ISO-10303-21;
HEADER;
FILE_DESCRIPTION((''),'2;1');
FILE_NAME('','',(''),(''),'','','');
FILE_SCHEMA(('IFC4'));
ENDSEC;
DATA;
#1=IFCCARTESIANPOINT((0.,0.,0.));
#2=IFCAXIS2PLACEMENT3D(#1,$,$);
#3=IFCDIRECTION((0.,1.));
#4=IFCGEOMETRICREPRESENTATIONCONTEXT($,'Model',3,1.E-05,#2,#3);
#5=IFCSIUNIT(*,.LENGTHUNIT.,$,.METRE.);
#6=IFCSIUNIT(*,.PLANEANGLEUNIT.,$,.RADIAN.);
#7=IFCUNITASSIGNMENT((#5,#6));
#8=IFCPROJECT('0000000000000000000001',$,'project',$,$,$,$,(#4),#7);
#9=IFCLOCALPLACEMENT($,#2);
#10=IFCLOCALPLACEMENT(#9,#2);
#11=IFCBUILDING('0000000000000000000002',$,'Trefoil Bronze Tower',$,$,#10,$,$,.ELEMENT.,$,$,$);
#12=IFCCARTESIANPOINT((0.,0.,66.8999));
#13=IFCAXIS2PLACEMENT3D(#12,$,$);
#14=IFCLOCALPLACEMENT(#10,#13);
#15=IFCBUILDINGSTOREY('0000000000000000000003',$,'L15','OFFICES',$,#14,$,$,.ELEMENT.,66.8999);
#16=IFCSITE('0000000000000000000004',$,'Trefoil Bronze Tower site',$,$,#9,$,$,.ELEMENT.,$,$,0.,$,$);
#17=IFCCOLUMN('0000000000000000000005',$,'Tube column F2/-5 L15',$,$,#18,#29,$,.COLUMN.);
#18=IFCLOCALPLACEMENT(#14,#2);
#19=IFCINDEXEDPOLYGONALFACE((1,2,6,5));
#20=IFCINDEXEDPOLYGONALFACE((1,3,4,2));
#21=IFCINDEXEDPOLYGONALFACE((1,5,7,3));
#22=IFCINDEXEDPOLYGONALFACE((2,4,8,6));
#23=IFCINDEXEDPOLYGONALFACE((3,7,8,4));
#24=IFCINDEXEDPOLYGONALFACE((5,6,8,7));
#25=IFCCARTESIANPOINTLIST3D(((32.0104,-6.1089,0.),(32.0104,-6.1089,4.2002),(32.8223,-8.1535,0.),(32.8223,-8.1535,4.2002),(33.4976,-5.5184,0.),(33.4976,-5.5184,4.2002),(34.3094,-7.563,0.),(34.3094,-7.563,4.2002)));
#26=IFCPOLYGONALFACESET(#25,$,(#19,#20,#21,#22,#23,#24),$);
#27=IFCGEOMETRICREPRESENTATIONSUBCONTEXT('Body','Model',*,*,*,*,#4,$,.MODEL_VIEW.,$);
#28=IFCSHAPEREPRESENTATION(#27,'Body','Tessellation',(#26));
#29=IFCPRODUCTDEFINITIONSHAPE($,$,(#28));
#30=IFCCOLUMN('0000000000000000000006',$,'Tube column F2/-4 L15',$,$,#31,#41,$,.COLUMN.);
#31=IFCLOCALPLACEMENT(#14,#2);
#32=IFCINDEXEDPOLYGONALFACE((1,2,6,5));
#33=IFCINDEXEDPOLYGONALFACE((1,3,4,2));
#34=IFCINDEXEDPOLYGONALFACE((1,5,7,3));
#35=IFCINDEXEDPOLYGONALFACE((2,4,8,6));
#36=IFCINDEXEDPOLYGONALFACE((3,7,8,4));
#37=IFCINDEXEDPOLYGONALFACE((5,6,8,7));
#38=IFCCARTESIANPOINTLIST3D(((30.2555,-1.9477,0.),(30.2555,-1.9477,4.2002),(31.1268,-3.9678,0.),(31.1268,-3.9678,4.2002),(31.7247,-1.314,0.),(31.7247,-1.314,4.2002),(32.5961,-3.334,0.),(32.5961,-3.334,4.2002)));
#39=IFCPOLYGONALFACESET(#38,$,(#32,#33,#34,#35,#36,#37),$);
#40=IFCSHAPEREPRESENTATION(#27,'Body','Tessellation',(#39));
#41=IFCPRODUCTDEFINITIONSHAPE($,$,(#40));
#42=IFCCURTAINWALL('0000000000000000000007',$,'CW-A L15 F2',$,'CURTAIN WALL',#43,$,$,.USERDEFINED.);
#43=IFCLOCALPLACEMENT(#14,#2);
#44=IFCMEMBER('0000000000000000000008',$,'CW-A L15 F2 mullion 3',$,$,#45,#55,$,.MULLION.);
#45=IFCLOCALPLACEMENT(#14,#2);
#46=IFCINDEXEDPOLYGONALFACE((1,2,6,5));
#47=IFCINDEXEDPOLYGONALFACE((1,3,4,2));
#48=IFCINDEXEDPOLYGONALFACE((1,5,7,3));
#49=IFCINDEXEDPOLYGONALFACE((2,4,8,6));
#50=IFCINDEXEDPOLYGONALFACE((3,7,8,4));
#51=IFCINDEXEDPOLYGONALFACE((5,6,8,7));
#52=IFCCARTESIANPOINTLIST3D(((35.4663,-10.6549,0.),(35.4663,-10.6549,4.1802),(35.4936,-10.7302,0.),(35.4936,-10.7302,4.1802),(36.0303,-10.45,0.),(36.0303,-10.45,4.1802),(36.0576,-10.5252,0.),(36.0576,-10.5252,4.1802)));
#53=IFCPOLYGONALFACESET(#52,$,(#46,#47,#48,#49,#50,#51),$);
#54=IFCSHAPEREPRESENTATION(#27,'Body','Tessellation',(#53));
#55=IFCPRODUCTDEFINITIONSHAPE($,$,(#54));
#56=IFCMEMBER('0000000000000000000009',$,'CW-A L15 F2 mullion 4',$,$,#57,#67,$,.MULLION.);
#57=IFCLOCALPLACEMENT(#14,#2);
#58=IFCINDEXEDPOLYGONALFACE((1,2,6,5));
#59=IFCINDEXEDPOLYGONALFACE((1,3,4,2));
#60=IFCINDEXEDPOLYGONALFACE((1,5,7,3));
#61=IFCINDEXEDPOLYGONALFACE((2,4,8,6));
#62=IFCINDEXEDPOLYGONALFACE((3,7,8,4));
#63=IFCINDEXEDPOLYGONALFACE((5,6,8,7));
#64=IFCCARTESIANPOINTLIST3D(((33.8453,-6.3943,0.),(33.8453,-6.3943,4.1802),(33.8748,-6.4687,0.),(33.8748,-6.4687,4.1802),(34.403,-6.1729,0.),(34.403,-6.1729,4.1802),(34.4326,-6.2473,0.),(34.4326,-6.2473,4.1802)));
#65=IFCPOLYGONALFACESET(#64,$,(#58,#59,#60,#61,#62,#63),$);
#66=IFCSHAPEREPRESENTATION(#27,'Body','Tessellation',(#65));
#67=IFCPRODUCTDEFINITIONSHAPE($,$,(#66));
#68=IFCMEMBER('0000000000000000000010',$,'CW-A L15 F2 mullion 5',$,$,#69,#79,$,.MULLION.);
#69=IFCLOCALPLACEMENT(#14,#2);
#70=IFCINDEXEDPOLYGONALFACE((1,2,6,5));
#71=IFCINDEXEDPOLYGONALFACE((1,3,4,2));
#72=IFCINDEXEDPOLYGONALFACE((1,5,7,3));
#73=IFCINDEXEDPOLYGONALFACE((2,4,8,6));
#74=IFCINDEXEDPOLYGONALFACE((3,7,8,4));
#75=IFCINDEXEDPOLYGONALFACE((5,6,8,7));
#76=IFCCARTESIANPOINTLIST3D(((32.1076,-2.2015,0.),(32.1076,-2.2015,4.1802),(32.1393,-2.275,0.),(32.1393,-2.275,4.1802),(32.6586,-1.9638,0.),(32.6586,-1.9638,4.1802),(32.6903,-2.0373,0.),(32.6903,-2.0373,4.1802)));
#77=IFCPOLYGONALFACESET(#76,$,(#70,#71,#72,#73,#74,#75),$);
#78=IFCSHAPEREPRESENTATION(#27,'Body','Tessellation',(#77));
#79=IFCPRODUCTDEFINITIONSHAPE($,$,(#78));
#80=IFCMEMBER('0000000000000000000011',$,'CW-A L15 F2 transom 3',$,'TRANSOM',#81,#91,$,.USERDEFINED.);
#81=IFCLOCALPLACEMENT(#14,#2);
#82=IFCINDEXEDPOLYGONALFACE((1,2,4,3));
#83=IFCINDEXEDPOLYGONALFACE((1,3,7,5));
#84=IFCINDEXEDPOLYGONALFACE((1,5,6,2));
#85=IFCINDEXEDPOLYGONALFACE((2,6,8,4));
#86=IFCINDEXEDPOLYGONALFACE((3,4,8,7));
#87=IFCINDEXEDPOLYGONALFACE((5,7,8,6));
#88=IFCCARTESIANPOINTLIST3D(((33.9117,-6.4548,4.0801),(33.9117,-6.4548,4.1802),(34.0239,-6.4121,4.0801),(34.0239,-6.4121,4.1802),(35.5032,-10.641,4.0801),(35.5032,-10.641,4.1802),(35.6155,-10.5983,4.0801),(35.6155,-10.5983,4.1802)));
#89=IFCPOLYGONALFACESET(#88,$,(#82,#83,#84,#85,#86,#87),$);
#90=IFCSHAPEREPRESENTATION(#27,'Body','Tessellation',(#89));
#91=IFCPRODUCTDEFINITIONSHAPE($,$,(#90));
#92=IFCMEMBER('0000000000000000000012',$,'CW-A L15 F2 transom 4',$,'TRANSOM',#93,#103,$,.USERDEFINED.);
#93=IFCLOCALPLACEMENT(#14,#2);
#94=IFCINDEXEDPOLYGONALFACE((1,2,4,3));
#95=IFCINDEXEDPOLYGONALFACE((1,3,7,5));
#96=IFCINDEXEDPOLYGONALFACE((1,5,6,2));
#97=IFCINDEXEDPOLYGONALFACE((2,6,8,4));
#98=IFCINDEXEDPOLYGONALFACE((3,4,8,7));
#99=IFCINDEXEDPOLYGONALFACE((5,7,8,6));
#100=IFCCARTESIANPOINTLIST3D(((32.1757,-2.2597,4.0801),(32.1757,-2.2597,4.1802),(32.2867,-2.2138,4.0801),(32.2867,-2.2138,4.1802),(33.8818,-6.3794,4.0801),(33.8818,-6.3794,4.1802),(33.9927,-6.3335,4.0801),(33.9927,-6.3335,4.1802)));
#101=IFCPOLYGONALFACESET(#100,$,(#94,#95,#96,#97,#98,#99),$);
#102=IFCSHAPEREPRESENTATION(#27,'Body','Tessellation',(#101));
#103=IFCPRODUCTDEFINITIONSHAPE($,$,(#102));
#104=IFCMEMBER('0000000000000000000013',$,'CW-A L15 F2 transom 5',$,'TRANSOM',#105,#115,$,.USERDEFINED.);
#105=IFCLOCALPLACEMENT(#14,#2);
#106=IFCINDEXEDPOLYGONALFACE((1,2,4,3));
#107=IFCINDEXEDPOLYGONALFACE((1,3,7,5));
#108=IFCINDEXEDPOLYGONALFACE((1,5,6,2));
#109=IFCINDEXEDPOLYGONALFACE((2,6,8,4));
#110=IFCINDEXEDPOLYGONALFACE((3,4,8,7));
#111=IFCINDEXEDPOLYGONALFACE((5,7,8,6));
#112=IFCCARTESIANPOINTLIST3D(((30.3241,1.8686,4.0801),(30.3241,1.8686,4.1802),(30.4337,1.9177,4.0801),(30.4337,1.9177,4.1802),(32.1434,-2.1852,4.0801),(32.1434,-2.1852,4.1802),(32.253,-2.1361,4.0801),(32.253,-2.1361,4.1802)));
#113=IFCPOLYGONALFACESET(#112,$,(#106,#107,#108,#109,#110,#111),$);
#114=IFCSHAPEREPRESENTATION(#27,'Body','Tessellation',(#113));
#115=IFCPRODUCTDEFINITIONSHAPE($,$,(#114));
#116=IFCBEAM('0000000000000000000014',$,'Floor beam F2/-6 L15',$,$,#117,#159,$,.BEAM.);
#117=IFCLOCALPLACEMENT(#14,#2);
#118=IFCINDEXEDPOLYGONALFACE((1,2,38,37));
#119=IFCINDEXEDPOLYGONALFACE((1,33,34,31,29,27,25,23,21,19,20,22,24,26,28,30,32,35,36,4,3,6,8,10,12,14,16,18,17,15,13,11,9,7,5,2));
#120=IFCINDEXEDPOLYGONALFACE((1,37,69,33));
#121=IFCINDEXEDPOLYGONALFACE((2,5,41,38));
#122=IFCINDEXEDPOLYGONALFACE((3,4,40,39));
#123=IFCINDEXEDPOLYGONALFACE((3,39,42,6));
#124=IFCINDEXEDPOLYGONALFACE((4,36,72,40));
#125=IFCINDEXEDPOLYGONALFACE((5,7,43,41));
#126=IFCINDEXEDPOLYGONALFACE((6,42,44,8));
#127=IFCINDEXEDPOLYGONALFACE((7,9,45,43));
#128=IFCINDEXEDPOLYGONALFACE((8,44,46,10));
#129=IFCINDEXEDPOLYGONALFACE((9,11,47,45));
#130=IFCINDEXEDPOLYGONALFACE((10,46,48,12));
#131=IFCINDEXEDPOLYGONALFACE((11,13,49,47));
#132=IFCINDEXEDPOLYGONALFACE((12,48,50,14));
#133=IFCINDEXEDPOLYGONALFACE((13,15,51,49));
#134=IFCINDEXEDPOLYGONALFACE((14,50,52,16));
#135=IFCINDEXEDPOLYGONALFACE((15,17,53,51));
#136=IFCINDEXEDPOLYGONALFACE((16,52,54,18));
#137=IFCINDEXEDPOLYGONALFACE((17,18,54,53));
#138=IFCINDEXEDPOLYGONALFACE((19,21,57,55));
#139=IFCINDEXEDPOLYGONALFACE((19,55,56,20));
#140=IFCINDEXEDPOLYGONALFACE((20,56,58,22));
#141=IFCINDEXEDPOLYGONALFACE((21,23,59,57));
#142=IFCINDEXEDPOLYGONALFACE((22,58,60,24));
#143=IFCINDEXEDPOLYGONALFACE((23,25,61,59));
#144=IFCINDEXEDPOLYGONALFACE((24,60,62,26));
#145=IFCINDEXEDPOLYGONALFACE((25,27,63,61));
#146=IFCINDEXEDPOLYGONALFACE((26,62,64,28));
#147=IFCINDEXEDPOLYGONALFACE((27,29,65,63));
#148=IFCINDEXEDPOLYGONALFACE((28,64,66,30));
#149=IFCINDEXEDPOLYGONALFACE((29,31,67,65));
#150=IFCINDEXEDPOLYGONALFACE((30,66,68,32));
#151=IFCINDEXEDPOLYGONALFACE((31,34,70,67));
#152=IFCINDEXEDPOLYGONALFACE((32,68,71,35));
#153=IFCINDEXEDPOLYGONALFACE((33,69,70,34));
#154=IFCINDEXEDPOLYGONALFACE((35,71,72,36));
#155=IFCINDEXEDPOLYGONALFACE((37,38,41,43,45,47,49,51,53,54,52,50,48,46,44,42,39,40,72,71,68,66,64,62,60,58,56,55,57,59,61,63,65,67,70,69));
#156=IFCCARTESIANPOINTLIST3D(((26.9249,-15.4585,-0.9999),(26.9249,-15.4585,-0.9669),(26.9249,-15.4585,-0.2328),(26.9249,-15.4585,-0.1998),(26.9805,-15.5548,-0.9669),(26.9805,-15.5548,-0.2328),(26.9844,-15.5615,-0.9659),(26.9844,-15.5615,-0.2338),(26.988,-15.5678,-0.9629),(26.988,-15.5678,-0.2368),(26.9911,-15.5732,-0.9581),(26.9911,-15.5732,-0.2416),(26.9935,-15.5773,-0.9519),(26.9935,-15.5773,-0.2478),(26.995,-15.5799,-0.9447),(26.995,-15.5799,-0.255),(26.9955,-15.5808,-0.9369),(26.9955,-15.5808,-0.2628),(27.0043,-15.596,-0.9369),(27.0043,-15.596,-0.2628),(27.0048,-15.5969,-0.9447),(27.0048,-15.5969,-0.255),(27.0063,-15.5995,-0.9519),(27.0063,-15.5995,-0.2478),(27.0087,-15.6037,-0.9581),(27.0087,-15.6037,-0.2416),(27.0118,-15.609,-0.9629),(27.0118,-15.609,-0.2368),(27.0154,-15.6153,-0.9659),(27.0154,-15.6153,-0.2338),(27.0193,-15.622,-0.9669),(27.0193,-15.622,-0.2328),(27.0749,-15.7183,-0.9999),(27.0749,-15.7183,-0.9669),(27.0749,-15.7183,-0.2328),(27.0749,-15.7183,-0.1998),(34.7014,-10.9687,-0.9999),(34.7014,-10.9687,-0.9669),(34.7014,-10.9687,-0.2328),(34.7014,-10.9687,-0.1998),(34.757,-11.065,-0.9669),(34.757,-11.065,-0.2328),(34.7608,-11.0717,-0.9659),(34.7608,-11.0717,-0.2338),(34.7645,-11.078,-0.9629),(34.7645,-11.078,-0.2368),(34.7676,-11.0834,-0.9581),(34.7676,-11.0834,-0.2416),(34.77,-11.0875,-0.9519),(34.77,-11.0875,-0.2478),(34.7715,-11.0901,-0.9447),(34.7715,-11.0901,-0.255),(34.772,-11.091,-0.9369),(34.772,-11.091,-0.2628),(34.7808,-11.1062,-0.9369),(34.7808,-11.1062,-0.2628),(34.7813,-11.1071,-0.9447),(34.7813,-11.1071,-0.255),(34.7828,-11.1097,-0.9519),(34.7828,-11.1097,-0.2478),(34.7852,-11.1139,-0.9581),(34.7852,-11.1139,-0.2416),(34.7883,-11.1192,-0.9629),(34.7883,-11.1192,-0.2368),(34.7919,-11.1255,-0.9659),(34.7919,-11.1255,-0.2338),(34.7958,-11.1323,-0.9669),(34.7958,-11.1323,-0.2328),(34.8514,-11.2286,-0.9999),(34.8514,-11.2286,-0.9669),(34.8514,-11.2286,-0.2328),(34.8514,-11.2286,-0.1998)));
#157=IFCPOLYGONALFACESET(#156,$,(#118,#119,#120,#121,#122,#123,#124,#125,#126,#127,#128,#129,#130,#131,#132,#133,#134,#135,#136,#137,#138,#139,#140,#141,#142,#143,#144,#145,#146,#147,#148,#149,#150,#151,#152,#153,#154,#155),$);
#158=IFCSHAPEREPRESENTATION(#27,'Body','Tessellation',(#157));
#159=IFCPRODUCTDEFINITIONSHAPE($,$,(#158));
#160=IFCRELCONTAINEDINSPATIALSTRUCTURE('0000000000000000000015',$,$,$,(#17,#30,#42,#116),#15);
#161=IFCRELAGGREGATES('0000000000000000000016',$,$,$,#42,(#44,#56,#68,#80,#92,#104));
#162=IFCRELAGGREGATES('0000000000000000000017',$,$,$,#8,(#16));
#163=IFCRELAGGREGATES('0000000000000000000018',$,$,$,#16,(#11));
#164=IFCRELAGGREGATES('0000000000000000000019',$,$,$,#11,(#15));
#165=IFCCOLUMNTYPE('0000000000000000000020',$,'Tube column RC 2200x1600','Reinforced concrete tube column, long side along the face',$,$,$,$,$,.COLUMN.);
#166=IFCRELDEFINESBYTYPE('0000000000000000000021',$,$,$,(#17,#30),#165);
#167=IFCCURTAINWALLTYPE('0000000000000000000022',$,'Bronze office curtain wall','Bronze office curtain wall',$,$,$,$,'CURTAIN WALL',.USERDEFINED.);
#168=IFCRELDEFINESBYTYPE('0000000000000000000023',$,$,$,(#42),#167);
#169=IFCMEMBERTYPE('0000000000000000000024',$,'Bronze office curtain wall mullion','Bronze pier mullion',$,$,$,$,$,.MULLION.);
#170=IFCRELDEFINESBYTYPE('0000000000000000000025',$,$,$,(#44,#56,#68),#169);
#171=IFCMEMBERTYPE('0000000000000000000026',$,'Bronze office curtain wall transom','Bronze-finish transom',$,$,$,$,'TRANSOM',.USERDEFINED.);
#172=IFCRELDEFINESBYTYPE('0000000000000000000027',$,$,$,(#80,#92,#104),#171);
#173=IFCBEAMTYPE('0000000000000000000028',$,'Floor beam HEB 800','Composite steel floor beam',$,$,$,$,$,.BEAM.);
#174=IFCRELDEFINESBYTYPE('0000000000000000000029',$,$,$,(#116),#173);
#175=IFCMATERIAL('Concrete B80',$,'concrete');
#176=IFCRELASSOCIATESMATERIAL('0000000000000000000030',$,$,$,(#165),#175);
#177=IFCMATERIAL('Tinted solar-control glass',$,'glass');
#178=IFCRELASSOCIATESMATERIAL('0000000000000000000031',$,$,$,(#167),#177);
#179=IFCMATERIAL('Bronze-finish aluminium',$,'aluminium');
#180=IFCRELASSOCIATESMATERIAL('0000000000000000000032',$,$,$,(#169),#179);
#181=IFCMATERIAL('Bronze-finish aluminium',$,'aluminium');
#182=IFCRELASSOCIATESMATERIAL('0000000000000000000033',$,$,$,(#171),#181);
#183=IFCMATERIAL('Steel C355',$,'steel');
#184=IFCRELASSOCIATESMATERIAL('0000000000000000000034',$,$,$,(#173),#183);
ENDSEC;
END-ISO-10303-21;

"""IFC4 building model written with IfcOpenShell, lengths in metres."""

from ifc_helpers import new_model, si_unit, direction, frame, origin, origin_2d, place, context, subcontext, project, spatial, rectangle, i_section, extrude, material, material_profile, profile_set, type_object, element, aggregate, save


model = new_model("IFC4")

# Units and contexts
model_context = context("Model", 3, precision=1e-05, world=origin(), true_north=direction((0.0, 1.0)))
body_context = subcontext(model_context, "Body", "Model", "MODEL_VIEW")
ifc_project = project(units=[si_unit("LENGTHUNIT", "METRE"), si_unit("PLANEANGLEUNIT", "RADIAN")], contexts=[model_context])

# Site, building, storey
site_placement = place(None, origin())
site = spatial("IfcSite", under=ifc_project, at=site_placement, Name="Trefoil Bronze Tower site", CompositionType="ELEMENT", RefElevation=0.0)
building_placement = place(site_placement, origin())
building = spatial("IfcBuilding", under=site, at=building_placement, Name="Trefoil Bronze Tower", CompositionType="ELEMENT")
storey_placement = place(building_placement, frame((0.0, 0.0, 66.8999)))
storey = spatial("IfcBuildingStorey", under=building, at=storey_placement, Name="L15", Description="OFFICES", CompositionType="ELEMENT", Elevation=66.8999)

# Columns
ifc_material_1 = material(Name="Concrete B80", Category="concrete")
ifc_material_profile_1 = material_profile(ifc_material_1, rectangle(XDim=2.2, YDim=1.6001, at=origin_2d()), Name="RC 2200x1600")
ifc_profile_set_1 = profile_set([ifc_material_profile_1], Name="Concrete B80")
column_type = type_object("IfcColumnType", Name="Tube column RC 2200x1600", Description="Reinforced concrete tube column, long side along the face", PredefinedType="COLUMN", material=ifc_profile_set_1)
for number, where, z_axis, x_axis, name in (
    (1, (33.1599, -6.8359, 0.0), (0.0, 0.0, 1.0), (-0.36904, 0.929414, 0.0), "Tube column F2/-5 L15"),
    (2, (31.4258, -2.6409, 0.0), (0.0, 0.0, 1.0), (-0.396085, 0.918214, 0.0), "Tube column F2/-4 L15"),
):
    element("IfcColumn", number, at=place(storey_placement, frame(where, z_axis=z_axis, x_axis=x_axis)), inside=storey, type_object=column_type, Name=name, PredefinedType="COLUMN", context=body_context, shape_type="SweptSolid", body=[
        extrude(rectangle(XDim=2.2, YDim=1.6001, at=origin_2d()), origin(), (0.0, 0.0, 1.0), 4.2002),
    ])

# Curtain wall, members
ifc_material_2 = material(Name="Tinted solar-control glass", Category="glass")
curtain_wall_type = type_object("IfcCurtainWallType", Name="Bronze office curtain wall", Description="Bronze office curtain wall", ElementType="CURTAIN WALL", PredefinedType="USERDEFINED", material=ifc_material_2)
curtain_wall_placement = place(storey_placement, origin())
curtain_wall = element("IfcCurtainWall", 3, at=curtain_wall_placement, inside=storey, type_object=curtain_wall_type, Name="CW-A L15 F2", ObjectType="CURTAIN WALL", PredefinedType="USERDEFINED")
ifc_material_3 = material(Name="Bronze-finish aluminium", Category="aluminium")
ifc_material_profile_2 = material_profile(ifc_material_3, rectangle(XDim=0.6001, YDim=0.0801, at=origin_2d()), Name="CW-A mullion")
ifc_profile_set_2 = profile_set([ifc_material_profile_2], Name="Bronze-finish aluminium")
member_type_1 = type_object("IfcMemberType", Name="Bronze office curtain wall mullion", Description="Bronze pier mullion", PredefinedType="MULLION", material=ifc_profile_set_2)
member_1_placement = place(storey_placement, frame((35.762, -10.5901, 0.0), z_axis=(0.0, 0.0, 1.0), x_axis=(-0.93986, -0.341559, 0.0)))
member_1 = element("IfcMember", 4, at=member_1_placement, type_object=member_type_1, Name="CW-A L15 F2 mullion 3", PredefinedType="MULLION", context=body_context, shape_type="SweptSolid", body=[
    extrude(rectangle(XDim=0.6001, YDim=0.0801, at=origin_2d()), origin(), (0.0, 0.0, 1.0), 4.1802),
])
member_2_placement = place(storey_placement, frame((34.1389, -6.3208, 0.0), z_axis=(0.0, 0.0, 1.0), x_axis=(-0.929414, -0.36904, 0.0)))
member_2 = element("IfcMember", 5, at=member_2_placement, type_object=member_type_1, Name="CW-A L15 F2 mullion 4", PredefinedType="MULLION", context=body_context, shape_type="SweptSolid", body=[
    extrude(rectangle(XDim=0.6001, YDim=0.0801, at=origin_2d()), origin(), (0.0, 0.0, 1.0), 4.1802),
])
member_3_placement = place(storey_placement, frame((32.3989, -2.1194, 0.0), z_axis=(0.0, 0.0, 1.0), x_axis=(-0.918214, -0.396085, 0.0)))
member_3 = element("IfcMember", 6, at=member_3_placement, type_object=member_type_1, Name="CW-A L15 F2 mullion 5", PredefinedType="MULLION", context=body_context, shape_type="SweptSolid", body=[
    extrude(rectangle(XDim=0.6001, YDim=0.0801, at=origin_2d()), origin(), (0.0, 0.0, 1.0), 4.1802),
])
ifc_material_4 = material(Name="Bronze-finish aluminium", Category="aluminium")
ifc_material_profile_3 = material_profile(ifc_material_4, rectangle(XDim=0.1201, YDim=0.1001, at=origin_2d()), Name="CW-A transom")
ifc_profile_set_3 = profile_set([ifc_material_profile_3], Name="Bronze-finish aluminium")
member_type_2 = type_object("IfcMemberType", Name="Bronze office curtain wall transom", Description="Bronze-finish transom", ElementType="TRANSOM", PredefinedType="USERDEFINED", material=ifc_profile_set_3)
member_4_placement = place(storey_placement, frame((35.5593, -10.6196, 4.1301), z_axis=(-0.355367, 0.934727, 0.0), x_axis=(-0.934727, -0.355367, 0.0)))
member_4 = element("IfcMember", 7, at=member_4_placement, type_object=member_type_2, Name="CW-A L15 F2 transom 3", ObjectType="TRANSOM", PredefinedType="USERDEFINED", context=body_context, shape_type="SweptSolid", body=[
    extrude(rectangle(XDim=0.1201, YDim=0.1001, at=origin_2d()), origin(), (0.0, 0.0, 1.0), 4.4785),
])
member_5_placement = place(storey_placement, frame((33.9373, -6.3564, 4.1301), z_axis=(-0.382616, 0.923907, 0.0), x_axis=(-0.923907, -0.382616, 0.0)))
member_5 = element("IfcMember", 8, at=member_5_placement, type_object=member_type_2, Name="CW-A L15 F2 transom 4", ObjectType="TRANSOM", PredefinedType="USERDEFINED", context=body_context, shape_type="SweptSolid", body=[
    extrude(rectangle(XDim=0.1201, YDim=0.1001, at=origin_2d()), origin(), (0.0, 0.0, 1.0), 4.459),
])
member_6_placement = place(storey_placement, frame((32.1982, -2.1606, 4.1301), z_axis=(-0.40946, 0.912328, 0.0), x_axis=(-0.912328, -0.40946, 0.0)))
member_6 = element("IfcMember", 9, at=member_6_placement, type_object=member_type_2, Name="CW-A L15 F2 transom 5", ObjectType="TRANSOM", PredefinedType="USERDEFINED", context=body_context, shape_type="SweptSolid", body=[
    extrude(rectangle(XDim=0.1201, YDim=0.1001, at=origin_2d()), origin(), (0.0, 0.0, 1.0), 4.4434),
])

# Beam
ifc_material_5 = material(Name="Steel C355", Category="steel")
ifc_material_profile_4 = material_profile(ifc_material_5, i_section(OverallWidth=0.3, OverallDepth=0.8, WebThickness=0.0176, FlangeThickness=0.033, FilletRadius=0.03, at=origin_2d()), Name="HEB 800")
ifc_profile_set_4 = profile_set([ifc_material_profile_4], Name="Steel C355")
beam_type_1 = type_object("IfcBeamType", Name="Floor beam HEB 800", Description="Composite steel floor beam", PredefinedType="BEAM", material=ifc_profile_set_4)
beam_1_placement = place(storey_placement, frame((34.7764, -11.0986, -0.5999), z_axis=(-0.866023, -0.500005, 0.0), x_axis=(0.500005, -0.866023, 0.0)))
element("IfcBeam", 10, at=beam_1_placement, inside=storey, type_object=beam_type_1, Name="Floor beam F2/-6 L15", PredefinedType="BEAM", context=body_context, shape_type="SweptSolid", body=[
    extrude(i_section(OverallWidth=0.3, OverallDepth=0.8, WebThickness=0.0176, FlangeThickness=0.033, FilletRadius=0.03, at=origin_2d()), origin(), (0.0, 0.0, 1.0), 8.9795),
])

aggregate(curtain_wall, [member_1, member_2, member_3, member_4, member_5, member_6])

save(model, "model.ifc")
